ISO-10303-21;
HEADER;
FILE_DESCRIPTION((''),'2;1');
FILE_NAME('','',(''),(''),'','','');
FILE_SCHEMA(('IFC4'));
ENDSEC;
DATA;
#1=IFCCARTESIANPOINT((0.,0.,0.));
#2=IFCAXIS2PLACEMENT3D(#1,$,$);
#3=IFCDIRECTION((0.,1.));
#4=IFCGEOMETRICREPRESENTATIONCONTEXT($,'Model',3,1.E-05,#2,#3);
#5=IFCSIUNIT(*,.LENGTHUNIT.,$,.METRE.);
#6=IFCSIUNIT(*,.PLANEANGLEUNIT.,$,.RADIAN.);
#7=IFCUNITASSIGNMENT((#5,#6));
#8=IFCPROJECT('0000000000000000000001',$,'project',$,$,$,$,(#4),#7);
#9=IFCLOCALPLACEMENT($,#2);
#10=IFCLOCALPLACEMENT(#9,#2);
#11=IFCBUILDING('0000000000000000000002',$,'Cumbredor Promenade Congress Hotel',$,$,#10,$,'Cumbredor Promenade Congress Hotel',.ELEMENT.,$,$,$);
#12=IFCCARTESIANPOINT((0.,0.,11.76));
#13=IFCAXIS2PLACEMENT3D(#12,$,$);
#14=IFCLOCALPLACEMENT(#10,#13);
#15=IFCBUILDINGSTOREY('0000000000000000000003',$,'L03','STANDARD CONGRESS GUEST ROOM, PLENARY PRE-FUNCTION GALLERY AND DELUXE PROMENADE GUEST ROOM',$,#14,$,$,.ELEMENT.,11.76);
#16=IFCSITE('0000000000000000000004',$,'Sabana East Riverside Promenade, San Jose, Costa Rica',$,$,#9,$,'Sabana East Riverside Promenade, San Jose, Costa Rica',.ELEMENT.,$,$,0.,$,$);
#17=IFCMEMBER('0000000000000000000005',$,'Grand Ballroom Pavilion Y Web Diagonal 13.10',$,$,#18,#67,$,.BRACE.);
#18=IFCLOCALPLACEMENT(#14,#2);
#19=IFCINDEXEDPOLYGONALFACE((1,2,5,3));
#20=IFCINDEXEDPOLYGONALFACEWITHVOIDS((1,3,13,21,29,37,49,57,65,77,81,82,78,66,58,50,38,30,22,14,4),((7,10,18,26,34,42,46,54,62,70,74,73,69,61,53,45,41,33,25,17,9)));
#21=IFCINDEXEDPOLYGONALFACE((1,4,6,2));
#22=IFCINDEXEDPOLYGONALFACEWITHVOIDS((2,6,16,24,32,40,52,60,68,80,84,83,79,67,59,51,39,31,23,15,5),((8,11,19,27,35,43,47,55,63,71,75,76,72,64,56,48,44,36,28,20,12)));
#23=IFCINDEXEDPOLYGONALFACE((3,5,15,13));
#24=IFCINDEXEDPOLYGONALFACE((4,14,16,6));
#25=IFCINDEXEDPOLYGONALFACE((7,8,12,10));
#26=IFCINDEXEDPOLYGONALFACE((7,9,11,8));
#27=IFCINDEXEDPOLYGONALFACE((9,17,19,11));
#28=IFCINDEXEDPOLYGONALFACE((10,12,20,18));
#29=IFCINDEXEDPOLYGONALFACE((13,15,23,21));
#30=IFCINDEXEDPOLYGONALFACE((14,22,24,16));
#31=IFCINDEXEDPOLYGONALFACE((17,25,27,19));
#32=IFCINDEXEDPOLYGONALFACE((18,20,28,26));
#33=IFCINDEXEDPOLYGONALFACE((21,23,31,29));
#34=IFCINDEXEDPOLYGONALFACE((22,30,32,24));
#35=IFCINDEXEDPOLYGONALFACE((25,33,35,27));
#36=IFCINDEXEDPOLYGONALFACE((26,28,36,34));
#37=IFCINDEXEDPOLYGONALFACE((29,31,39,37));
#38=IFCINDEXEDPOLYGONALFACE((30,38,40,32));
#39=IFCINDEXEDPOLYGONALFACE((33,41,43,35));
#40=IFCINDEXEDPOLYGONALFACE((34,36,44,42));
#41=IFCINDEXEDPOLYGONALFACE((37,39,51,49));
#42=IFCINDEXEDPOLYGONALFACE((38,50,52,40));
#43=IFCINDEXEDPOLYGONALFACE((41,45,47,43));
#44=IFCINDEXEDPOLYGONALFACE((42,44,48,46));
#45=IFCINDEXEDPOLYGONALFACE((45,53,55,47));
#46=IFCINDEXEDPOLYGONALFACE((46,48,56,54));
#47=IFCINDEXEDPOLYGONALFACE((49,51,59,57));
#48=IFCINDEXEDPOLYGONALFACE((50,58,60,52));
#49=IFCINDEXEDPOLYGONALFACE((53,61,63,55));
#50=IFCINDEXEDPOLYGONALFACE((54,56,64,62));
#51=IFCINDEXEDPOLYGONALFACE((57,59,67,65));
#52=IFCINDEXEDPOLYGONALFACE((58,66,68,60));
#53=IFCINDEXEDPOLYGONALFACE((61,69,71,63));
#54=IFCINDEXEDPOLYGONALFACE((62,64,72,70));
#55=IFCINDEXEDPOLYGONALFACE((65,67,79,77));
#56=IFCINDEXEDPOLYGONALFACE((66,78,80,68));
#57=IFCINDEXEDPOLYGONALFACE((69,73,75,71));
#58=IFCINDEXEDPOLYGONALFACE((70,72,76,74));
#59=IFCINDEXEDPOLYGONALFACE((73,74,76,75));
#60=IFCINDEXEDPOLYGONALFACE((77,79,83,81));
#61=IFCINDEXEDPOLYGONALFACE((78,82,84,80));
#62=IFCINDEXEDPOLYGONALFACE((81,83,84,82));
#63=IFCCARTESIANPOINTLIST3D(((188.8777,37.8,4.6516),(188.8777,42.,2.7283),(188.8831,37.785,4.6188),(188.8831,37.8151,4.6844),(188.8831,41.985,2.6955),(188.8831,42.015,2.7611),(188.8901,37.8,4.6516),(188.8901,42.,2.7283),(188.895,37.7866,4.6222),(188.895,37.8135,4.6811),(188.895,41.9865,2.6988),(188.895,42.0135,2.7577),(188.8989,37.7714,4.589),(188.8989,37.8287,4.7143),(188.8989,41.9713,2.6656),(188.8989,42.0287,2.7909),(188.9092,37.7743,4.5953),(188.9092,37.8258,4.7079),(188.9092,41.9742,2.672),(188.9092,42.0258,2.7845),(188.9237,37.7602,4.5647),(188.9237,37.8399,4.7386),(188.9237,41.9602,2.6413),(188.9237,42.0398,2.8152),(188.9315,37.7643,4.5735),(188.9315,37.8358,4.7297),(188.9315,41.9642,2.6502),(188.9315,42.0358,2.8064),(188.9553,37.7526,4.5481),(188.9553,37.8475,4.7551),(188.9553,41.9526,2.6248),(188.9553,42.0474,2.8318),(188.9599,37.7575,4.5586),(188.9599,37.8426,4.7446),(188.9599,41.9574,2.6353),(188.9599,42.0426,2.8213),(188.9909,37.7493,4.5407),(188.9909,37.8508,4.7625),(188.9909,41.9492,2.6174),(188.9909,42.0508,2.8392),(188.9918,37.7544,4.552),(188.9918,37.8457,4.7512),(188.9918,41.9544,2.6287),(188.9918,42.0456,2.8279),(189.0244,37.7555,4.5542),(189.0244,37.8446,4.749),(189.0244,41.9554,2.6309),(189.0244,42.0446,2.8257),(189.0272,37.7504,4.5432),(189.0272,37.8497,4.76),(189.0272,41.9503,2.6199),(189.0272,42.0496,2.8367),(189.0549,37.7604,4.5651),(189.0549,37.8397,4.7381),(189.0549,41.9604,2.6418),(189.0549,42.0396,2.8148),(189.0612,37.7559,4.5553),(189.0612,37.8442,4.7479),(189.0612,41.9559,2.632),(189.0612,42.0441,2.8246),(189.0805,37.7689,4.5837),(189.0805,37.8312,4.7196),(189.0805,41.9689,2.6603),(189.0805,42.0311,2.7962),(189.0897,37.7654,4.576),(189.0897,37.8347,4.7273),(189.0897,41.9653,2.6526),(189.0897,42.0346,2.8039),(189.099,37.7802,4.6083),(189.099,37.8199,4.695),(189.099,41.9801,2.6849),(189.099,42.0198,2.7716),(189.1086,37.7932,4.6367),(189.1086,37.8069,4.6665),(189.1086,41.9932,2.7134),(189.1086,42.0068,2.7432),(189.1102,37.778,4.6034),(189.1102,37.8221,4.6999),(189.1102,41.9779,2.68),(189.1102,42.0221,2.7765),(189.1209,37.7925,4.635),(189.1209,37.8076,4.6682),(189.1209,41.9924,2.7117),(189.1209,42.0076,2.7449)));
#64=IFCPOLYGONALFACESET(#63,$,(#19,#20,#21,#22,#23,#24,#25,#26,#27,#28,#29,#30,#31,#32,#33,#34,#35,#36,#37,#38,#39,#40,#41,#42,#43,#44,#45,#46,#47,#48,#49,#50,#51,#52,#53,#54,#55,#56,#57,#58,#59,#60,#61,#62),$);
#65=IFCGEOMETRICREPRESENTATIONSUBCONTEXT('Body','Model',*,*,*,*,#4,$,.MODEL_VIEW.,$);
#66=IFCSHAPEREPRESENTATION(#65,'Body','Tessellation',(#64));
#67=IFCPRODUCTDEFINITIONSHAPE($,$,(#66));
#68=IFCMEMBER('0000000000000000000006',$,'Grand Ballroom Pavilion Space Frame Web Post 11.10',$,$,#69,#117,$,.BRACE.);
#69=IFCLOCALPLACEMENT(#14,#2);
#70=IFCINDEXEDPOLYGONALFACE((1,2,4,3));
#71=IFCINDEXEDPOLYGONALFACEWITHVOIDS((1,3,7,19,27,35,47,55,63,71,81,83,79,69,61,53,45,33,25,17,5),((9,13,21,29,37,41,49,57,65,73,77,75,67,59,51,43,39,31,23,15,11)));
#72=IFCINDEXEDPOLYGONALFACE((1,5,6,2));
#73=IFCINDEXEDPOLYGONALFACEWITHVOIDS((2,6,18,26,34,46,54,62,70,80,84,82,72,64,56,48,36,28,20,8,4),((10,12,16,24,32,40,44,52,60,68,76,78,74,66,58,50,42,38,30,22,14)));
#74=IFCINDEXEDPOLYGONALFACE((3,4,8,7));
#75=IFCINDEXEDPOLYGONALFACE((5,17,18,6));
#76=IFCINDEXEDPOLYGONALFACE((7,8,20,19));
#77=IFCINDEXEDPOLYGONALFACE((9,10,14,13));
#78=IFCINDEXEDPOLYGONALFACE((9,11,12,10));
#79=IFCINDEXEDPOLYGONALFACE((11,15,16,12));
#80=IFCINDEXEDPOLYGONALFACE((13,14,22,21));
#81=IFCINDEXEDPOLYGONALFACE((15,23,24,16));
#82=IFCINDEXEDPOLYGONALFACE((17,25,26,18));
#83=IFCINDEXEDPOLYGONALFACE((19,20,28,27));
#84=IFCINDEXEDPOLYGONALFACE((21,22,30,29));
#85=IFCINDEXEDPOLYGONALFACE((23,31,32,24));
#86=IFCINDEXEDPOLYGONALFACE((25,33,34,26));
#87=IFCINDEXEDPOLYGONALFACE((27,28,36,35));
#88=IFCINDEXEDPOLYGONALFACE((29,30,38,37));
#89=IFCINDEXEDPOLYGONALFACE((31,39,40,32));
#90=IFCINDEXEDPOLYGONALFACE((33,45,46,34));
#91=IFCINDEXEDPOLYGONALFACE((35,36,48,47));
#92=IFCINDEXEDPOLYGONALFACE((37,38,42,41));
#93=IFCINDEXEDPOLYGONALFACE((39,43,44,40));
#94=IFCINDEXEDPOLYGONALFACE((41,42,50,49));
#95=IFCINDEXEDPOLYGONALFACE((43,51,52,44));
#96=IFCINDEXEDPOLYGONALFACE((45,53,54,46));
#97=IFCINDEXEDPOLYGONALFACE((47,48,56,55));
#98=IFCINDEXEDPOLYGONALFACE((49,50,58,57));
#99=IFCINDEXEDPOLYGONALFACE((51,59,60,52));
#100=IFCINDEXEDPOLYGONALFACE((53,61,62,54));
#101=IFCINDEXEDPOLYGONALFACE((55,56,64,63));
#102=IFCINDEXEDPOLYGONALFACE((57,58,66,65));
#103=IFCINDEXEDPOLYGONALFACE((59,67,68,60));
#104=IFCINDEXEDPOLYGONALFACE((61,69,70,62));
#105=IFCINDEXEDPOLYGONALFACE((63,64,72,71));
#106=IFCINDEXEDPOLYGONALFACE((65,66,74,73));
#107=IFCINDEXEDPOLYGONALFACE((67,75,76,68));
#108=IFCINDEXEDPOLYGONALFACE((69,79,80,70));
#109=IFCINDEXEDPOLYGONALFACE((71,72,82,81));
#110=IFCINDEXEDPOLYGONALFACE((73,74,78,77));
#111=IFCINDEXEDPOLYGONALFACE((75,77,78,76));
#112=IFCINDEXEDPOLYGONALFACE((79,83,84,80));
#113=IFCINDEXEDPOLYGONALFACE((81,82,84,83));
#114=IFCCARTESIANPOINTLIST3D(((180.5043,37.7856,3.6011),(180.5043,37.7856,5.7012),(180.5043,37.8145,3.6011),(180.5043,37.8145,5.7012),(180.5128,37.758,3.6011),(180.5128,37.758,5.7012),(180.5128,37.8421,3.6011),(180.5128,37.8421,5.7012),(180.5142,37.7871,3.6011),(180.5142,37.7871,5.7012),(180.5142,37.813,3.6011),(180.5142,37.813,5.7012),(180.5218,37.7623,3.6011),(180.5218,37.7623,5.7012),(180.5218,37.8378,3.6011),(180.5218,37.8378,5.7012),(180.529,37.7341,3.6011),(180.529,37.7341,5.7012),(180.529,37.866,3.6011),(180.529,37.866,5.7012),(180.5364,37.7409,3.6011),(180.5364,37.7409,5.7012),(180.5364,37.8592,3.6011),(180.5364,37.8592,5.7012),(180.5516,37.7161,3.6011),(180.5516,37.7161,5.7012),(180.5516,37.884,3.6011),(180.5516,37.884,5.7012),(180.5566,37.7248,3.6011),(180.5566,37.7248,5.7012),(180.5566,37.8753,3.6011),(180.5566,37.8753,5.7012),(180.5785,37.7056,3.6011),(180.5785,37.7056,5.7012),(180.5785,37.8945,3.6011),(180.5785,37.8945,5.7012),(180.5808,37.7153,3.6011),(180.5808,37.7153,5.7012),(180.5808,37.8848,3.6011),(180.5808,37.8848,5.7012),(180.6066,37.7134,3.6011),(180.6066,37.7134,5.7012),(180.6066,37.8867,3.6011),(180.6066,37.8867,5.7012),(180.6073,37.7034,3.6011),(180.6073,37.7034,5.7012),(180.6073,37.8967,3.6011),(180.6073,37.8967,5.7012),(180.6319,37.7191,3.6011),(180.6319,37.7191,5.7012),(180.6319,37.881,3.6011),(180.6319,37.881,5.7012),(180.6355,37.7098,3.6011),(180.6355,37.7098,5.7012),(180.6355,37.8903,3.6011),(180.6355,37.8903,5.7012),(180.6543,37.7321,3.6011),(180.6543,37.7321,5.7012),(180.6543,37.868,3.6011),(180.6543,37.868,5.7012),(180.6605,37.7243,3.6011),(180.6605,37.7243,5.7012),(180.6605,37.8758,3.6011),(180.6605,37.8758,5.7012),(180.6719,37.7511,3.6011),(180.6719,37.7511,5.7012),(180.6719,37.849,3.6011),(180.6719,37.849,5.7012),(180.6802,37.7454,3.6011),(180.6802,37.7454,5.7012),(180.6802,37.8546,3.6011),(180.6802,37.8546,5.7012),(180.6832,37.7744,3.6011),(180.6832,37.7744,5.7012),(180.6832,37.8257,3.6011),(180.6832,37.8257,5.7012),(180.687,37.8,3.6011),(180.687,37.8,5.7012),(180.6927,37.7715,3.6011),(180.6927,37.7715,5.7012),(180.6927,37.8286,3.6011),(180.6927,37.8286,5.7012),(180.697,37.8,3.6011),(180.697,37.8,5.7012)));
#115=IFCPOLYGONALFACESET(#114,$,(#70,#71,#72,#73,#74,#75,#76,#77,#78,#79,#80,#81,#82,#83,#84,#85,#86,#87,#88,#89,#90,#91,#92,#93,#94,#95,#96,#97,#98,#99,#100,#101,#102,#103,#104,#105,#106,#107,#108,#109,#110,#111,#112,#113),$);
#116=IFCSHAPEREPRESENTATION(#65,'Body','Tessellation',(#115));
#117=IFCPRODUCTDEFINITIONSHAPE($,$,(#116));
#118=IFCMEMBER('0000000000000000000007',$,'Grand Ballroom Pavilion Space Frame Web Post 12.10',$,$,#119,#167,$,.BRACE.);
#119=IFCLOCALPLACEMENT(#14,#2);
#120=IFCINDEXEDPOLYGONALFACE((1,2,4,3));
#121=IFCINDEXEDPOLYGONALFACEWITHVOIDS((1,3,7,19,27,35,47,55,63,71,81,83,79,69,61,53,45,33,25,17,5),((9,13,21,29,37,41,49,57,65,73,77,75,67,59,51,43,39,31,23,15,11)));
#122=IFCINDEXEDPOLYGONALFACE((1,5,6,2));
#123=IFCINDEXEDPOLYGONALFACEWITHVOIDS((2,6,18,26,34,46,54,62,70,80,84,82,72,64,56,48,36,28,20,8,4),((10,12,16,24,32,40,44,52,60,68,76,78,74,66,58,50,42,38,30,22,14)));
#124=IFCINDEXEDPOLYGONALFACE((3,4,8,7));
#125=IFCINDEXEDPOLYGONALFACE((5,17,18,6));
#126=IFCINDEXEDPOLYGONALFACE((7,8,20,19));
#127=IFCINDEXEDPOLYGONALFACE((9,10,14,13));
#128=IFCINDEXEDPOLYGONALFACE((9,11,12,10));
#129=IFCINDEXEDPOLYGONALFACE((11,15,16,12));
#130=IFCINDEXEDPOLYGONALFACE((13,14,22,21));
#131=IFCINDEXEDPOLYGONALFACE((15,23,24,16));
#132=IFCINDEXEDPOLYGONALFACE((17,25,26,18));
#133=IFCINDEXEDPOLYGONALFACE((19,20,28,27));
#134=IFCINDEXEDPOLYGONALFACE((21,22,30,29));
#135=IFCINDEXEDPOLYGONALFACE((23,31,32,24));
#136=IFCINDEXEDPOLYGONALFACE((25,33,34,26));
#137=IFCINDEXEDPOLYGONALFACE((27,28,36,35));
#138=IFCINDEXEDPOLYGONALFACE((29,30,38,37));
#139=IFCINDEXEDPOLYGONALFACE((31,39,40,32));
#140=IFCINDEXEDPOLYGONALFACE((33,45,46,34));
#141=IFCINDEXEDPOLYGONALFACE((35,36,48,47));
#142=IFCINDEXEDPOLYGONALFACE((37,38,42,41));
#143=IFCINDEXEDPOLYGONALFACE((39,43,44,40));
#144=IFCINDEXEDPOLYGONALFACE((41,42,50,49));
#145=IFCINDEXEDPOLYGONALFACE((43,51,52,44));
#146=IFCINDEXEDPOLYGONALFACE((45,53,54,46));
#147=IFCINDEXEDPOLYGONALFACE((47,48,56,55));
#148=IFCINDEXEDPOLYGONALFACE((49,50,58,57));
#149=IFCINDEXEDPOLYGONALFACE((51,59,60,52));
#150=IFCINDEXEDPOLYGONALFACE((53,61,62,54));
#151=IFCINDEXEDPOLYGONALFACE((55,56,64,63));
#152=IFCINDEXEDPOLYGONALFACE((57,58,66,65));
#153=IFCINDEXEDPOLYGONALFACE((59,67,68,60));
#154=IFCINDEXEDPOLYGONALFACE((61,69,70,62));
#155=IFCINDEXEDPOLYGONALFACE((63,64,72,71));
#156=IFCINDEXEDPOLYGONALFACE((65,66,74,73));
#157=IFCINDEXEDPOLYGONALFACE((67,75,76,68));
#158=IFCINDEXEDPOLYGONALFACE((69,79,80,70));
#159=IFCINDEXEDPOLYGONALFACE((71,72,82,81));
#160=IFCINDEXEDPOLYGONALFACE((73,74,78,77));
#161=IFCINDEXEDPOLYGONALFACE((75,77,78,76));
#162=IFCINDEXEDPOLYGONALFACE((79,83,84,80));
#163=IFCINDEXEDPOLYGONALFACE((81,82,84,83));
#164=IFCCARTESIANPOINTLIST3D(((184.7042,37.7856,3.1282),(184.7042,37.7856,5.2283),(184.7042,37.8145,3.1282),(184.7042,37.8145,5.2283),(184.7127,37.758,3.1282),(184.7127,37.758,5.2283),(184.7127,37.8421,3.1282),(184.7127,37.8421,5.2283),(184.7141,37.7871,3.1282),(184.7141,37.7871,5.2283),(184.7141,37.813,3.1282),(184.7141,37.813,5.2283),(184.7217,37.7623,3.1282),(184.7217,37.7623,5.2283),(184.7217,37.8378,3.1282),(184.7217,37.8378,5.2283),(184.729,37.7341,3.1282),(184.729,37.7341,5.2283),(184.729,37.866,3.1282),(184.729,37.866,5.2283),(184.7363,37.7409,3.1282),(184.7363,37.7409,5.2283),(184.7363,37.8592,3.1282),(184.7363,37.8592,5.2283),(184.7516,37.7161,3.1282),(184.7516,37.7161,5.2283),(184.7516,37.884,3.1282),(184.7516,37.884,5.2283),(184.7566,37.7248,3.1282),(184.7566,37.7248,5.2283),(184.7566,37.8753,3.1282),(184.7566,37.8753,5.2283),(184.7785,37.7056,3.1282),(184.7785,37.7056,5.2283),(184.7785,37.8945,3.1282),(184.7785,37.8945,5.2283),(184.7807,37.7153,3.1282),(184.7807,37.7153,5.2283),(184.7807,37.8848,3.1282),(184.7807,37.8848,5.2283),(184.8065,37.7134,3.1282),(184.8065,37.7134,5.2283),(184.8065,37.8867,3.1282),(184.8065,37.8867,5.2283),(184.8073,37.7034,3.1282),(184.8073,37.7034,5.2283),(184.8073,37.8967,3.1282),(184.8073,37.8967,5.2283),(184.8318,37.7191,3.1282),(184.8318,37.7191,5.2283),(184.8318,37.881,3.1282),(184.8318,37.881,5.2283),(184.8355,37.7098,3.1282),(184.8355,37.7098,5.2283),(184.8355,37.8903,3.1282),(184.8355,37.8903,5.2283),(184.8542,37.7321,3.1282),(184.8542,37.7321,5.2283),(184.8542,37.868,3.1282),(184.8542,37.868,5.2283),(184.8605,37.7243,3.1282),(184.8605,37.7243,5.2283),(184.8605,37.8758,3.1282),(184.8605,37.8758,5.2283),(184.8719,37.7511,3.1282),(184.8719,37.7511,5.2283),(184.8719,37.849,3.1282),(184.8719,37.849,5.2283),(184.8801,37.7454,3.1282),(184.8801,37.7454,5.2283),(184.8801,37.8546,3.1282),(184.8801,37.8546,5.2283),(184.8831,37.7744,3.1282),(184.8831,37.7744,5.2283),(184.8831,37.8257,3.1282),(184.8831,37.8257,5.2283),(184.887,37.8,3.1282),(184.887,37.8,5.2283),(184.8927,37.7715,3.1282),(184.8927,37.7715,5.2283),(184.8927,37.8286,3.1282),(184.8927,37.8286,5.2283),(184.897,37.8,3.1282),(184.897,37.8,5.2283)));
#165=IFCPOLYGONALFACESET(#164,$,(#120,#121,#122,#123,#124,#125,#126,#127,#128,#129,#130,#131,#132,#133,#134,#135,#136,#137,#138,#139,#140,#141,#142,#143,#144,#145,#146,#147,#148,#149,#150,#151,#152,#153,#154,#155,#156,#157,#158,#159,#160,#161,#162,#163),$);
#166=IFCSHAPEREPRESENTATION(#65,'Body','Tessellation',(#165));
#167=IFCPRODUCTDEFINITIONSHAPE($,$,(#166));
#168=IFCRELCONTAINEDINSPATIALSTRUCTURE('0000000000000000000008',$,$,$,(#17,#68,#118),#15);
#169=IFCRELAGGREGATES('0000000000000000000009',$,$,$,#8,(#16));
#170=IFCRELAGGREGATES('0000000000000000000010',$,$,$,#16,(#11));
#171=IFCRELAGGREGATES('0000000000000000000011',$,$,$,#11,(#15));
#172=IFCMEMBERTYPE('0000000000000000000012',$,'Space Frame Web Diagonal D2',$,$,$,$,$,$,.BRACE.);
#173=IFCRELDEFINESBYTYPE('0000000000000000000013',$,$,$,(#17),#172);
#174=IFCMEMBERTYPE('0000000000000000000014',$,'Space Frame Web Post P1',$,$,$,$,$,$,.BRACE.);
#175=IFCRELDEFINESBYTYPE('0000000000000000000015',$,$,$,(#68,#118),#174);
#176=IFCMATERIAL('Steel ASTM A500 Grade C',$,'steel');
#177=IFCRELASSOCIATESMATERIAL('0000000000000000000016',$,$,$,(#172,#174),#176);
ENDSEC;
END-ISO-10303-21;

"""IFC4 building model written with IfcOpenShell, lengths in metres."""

from ifc_helpers import new_model, si_unit, direction, frame, origin, origin_2d, place, context, subcontext, project, spatial, hollow_circle, extrude, material, material_profile, profile_set, type_object, element, save


model = new_model("IFC4")

# Units and contexts
model_context = context("Model", 3, precision=1e-05, world=origin(), true_north=direction((0.0, 1.0)))
body_context = subcontext(model_context, "Body", "Model", "MODEL_VIEW")
ifc_project = project(units=[si_unit("LENGTHUNIT", "METRE"), si_unit("PLANEANGLEUNIT", "RADIAN")], contexts=[model_context])

# Site, building, storey
site_placement = place(None, origin())
site = spatial("IfcSite", under=ifc_project, at=site_placement, Name="Sabana East Riverside Promenade, San Jose, Costa Rica", LongName="Sabana East Riverside Promenade, San Jose, Costa Rica", CompositionType="ELEMENT", RefElevation=0.0)
building_placement = place(site_placement, origin())
building = spatial("IfcBuilding", under=site, at=building_placement, Name="Cumbredor Promenade Congress Hotel", LongName="Cumbredor Promenade Congress Hotel", CompositionType="ELEMENT")
storey_placement = place(building_placement, frame((0.0, 0.0, 11.76)))
storey = spatial("IfcBuildingStorey", under=building, at=storey_placement, Name="L03", Description="STANDARD CONGRESS GUEST ROOM, PLENARY PRE-FUNCTION GALLERY AND DELUXE PROMENADE GUEST ROOM", CompositionType="ELEMENT", Elevation=11.76)

# Shared definitions
ifc_material_1 = material(Name="Steel ASTM A500 Grade C", Category="steel")

# Members
ifc_material_profile_1 = material_profile(ifc_material_1, hollow_circle(Radius=0.1223, WallThickness=0.0125, at=origin_2d()), Name="CHS 244.5x12.5")
ifc_profile_set_1 = profile_set([ifc_material_profile_1], Name="Steel ASTM A500 Grade C")
member_type_1 = type_object("IfcMemberType", Name="Space Frame Web Diagonal D2", PredefinedType="BRACE", material=ifc_profile_set_1)
member_1_placement = place(storey_placement, frame((189.0, 37.8, 4.6516), z_axis=(0.0, 0.909199, -0.416362), x_axis=(-1.0, 0.0, 0.0)))
element("IfcMember", 1, at=member_1_placement, inside=storey, type_object=member_type_1, Name="Grand Ballroom Pavilion Y Web Diagonal 13.10", PredefinedType="BRACE", context=body_context, shape_type="SweptSolid", body=[
    extrude(hollow_circle(Radius=0.1223, WallThickness=0.0125, at=origin_2d()), origin(), (0.0, 0.0, 1.0), 4.6194),
])
ifc_material_profile_2 = material_profile(ifc_material_1, hollow_circle(Radius=0.0969, WallThickness=0.01, at=origin_2d()), Name="CHS 193.7x10")
ifc_profile_set_2 = profile_set([ifc_material_profile_2], Name="Steel ASTM A500 Grade C")
member_type_2 = type_object("IfcMemberType", Name="Space Frame Web Post P1", PredefinedType="BRACE", material=ifc_profile_set_2)
for number, where, z_axis, x_axis, name in (
    (2, (180.6001, 37.8, 3.6011), (0.0, 0.0, 1.0), (1.0, 0.0, 0.0), "Grand Ballroom Pavilion Space Frame Web Post 11.10"),
    (3, (184.8, 37.8, 3.1282), (0.0, 0.0, 1.0), (1.0, 0.0, 0.0), "Grand Ballroom Pavilion Space Frame Web Post 12.10"),
):
    element("IfcMember", number, at=place(storey_placement, frame(where, z_axis=z_axis, x_axis=x_axis)), inside=storey, type_object=member_type_2, Name=name, PredefinedType="BRACE", context=body_context, shape_type="SweptSolid", body=[
        extrude(hollow_circle(Radius=0.0969, WallThickness=0.01, at=origin_2d()), origin(), (0.0, 0.0, 1.0), 2.1001),
    ])

save(model, "model.ifc")
